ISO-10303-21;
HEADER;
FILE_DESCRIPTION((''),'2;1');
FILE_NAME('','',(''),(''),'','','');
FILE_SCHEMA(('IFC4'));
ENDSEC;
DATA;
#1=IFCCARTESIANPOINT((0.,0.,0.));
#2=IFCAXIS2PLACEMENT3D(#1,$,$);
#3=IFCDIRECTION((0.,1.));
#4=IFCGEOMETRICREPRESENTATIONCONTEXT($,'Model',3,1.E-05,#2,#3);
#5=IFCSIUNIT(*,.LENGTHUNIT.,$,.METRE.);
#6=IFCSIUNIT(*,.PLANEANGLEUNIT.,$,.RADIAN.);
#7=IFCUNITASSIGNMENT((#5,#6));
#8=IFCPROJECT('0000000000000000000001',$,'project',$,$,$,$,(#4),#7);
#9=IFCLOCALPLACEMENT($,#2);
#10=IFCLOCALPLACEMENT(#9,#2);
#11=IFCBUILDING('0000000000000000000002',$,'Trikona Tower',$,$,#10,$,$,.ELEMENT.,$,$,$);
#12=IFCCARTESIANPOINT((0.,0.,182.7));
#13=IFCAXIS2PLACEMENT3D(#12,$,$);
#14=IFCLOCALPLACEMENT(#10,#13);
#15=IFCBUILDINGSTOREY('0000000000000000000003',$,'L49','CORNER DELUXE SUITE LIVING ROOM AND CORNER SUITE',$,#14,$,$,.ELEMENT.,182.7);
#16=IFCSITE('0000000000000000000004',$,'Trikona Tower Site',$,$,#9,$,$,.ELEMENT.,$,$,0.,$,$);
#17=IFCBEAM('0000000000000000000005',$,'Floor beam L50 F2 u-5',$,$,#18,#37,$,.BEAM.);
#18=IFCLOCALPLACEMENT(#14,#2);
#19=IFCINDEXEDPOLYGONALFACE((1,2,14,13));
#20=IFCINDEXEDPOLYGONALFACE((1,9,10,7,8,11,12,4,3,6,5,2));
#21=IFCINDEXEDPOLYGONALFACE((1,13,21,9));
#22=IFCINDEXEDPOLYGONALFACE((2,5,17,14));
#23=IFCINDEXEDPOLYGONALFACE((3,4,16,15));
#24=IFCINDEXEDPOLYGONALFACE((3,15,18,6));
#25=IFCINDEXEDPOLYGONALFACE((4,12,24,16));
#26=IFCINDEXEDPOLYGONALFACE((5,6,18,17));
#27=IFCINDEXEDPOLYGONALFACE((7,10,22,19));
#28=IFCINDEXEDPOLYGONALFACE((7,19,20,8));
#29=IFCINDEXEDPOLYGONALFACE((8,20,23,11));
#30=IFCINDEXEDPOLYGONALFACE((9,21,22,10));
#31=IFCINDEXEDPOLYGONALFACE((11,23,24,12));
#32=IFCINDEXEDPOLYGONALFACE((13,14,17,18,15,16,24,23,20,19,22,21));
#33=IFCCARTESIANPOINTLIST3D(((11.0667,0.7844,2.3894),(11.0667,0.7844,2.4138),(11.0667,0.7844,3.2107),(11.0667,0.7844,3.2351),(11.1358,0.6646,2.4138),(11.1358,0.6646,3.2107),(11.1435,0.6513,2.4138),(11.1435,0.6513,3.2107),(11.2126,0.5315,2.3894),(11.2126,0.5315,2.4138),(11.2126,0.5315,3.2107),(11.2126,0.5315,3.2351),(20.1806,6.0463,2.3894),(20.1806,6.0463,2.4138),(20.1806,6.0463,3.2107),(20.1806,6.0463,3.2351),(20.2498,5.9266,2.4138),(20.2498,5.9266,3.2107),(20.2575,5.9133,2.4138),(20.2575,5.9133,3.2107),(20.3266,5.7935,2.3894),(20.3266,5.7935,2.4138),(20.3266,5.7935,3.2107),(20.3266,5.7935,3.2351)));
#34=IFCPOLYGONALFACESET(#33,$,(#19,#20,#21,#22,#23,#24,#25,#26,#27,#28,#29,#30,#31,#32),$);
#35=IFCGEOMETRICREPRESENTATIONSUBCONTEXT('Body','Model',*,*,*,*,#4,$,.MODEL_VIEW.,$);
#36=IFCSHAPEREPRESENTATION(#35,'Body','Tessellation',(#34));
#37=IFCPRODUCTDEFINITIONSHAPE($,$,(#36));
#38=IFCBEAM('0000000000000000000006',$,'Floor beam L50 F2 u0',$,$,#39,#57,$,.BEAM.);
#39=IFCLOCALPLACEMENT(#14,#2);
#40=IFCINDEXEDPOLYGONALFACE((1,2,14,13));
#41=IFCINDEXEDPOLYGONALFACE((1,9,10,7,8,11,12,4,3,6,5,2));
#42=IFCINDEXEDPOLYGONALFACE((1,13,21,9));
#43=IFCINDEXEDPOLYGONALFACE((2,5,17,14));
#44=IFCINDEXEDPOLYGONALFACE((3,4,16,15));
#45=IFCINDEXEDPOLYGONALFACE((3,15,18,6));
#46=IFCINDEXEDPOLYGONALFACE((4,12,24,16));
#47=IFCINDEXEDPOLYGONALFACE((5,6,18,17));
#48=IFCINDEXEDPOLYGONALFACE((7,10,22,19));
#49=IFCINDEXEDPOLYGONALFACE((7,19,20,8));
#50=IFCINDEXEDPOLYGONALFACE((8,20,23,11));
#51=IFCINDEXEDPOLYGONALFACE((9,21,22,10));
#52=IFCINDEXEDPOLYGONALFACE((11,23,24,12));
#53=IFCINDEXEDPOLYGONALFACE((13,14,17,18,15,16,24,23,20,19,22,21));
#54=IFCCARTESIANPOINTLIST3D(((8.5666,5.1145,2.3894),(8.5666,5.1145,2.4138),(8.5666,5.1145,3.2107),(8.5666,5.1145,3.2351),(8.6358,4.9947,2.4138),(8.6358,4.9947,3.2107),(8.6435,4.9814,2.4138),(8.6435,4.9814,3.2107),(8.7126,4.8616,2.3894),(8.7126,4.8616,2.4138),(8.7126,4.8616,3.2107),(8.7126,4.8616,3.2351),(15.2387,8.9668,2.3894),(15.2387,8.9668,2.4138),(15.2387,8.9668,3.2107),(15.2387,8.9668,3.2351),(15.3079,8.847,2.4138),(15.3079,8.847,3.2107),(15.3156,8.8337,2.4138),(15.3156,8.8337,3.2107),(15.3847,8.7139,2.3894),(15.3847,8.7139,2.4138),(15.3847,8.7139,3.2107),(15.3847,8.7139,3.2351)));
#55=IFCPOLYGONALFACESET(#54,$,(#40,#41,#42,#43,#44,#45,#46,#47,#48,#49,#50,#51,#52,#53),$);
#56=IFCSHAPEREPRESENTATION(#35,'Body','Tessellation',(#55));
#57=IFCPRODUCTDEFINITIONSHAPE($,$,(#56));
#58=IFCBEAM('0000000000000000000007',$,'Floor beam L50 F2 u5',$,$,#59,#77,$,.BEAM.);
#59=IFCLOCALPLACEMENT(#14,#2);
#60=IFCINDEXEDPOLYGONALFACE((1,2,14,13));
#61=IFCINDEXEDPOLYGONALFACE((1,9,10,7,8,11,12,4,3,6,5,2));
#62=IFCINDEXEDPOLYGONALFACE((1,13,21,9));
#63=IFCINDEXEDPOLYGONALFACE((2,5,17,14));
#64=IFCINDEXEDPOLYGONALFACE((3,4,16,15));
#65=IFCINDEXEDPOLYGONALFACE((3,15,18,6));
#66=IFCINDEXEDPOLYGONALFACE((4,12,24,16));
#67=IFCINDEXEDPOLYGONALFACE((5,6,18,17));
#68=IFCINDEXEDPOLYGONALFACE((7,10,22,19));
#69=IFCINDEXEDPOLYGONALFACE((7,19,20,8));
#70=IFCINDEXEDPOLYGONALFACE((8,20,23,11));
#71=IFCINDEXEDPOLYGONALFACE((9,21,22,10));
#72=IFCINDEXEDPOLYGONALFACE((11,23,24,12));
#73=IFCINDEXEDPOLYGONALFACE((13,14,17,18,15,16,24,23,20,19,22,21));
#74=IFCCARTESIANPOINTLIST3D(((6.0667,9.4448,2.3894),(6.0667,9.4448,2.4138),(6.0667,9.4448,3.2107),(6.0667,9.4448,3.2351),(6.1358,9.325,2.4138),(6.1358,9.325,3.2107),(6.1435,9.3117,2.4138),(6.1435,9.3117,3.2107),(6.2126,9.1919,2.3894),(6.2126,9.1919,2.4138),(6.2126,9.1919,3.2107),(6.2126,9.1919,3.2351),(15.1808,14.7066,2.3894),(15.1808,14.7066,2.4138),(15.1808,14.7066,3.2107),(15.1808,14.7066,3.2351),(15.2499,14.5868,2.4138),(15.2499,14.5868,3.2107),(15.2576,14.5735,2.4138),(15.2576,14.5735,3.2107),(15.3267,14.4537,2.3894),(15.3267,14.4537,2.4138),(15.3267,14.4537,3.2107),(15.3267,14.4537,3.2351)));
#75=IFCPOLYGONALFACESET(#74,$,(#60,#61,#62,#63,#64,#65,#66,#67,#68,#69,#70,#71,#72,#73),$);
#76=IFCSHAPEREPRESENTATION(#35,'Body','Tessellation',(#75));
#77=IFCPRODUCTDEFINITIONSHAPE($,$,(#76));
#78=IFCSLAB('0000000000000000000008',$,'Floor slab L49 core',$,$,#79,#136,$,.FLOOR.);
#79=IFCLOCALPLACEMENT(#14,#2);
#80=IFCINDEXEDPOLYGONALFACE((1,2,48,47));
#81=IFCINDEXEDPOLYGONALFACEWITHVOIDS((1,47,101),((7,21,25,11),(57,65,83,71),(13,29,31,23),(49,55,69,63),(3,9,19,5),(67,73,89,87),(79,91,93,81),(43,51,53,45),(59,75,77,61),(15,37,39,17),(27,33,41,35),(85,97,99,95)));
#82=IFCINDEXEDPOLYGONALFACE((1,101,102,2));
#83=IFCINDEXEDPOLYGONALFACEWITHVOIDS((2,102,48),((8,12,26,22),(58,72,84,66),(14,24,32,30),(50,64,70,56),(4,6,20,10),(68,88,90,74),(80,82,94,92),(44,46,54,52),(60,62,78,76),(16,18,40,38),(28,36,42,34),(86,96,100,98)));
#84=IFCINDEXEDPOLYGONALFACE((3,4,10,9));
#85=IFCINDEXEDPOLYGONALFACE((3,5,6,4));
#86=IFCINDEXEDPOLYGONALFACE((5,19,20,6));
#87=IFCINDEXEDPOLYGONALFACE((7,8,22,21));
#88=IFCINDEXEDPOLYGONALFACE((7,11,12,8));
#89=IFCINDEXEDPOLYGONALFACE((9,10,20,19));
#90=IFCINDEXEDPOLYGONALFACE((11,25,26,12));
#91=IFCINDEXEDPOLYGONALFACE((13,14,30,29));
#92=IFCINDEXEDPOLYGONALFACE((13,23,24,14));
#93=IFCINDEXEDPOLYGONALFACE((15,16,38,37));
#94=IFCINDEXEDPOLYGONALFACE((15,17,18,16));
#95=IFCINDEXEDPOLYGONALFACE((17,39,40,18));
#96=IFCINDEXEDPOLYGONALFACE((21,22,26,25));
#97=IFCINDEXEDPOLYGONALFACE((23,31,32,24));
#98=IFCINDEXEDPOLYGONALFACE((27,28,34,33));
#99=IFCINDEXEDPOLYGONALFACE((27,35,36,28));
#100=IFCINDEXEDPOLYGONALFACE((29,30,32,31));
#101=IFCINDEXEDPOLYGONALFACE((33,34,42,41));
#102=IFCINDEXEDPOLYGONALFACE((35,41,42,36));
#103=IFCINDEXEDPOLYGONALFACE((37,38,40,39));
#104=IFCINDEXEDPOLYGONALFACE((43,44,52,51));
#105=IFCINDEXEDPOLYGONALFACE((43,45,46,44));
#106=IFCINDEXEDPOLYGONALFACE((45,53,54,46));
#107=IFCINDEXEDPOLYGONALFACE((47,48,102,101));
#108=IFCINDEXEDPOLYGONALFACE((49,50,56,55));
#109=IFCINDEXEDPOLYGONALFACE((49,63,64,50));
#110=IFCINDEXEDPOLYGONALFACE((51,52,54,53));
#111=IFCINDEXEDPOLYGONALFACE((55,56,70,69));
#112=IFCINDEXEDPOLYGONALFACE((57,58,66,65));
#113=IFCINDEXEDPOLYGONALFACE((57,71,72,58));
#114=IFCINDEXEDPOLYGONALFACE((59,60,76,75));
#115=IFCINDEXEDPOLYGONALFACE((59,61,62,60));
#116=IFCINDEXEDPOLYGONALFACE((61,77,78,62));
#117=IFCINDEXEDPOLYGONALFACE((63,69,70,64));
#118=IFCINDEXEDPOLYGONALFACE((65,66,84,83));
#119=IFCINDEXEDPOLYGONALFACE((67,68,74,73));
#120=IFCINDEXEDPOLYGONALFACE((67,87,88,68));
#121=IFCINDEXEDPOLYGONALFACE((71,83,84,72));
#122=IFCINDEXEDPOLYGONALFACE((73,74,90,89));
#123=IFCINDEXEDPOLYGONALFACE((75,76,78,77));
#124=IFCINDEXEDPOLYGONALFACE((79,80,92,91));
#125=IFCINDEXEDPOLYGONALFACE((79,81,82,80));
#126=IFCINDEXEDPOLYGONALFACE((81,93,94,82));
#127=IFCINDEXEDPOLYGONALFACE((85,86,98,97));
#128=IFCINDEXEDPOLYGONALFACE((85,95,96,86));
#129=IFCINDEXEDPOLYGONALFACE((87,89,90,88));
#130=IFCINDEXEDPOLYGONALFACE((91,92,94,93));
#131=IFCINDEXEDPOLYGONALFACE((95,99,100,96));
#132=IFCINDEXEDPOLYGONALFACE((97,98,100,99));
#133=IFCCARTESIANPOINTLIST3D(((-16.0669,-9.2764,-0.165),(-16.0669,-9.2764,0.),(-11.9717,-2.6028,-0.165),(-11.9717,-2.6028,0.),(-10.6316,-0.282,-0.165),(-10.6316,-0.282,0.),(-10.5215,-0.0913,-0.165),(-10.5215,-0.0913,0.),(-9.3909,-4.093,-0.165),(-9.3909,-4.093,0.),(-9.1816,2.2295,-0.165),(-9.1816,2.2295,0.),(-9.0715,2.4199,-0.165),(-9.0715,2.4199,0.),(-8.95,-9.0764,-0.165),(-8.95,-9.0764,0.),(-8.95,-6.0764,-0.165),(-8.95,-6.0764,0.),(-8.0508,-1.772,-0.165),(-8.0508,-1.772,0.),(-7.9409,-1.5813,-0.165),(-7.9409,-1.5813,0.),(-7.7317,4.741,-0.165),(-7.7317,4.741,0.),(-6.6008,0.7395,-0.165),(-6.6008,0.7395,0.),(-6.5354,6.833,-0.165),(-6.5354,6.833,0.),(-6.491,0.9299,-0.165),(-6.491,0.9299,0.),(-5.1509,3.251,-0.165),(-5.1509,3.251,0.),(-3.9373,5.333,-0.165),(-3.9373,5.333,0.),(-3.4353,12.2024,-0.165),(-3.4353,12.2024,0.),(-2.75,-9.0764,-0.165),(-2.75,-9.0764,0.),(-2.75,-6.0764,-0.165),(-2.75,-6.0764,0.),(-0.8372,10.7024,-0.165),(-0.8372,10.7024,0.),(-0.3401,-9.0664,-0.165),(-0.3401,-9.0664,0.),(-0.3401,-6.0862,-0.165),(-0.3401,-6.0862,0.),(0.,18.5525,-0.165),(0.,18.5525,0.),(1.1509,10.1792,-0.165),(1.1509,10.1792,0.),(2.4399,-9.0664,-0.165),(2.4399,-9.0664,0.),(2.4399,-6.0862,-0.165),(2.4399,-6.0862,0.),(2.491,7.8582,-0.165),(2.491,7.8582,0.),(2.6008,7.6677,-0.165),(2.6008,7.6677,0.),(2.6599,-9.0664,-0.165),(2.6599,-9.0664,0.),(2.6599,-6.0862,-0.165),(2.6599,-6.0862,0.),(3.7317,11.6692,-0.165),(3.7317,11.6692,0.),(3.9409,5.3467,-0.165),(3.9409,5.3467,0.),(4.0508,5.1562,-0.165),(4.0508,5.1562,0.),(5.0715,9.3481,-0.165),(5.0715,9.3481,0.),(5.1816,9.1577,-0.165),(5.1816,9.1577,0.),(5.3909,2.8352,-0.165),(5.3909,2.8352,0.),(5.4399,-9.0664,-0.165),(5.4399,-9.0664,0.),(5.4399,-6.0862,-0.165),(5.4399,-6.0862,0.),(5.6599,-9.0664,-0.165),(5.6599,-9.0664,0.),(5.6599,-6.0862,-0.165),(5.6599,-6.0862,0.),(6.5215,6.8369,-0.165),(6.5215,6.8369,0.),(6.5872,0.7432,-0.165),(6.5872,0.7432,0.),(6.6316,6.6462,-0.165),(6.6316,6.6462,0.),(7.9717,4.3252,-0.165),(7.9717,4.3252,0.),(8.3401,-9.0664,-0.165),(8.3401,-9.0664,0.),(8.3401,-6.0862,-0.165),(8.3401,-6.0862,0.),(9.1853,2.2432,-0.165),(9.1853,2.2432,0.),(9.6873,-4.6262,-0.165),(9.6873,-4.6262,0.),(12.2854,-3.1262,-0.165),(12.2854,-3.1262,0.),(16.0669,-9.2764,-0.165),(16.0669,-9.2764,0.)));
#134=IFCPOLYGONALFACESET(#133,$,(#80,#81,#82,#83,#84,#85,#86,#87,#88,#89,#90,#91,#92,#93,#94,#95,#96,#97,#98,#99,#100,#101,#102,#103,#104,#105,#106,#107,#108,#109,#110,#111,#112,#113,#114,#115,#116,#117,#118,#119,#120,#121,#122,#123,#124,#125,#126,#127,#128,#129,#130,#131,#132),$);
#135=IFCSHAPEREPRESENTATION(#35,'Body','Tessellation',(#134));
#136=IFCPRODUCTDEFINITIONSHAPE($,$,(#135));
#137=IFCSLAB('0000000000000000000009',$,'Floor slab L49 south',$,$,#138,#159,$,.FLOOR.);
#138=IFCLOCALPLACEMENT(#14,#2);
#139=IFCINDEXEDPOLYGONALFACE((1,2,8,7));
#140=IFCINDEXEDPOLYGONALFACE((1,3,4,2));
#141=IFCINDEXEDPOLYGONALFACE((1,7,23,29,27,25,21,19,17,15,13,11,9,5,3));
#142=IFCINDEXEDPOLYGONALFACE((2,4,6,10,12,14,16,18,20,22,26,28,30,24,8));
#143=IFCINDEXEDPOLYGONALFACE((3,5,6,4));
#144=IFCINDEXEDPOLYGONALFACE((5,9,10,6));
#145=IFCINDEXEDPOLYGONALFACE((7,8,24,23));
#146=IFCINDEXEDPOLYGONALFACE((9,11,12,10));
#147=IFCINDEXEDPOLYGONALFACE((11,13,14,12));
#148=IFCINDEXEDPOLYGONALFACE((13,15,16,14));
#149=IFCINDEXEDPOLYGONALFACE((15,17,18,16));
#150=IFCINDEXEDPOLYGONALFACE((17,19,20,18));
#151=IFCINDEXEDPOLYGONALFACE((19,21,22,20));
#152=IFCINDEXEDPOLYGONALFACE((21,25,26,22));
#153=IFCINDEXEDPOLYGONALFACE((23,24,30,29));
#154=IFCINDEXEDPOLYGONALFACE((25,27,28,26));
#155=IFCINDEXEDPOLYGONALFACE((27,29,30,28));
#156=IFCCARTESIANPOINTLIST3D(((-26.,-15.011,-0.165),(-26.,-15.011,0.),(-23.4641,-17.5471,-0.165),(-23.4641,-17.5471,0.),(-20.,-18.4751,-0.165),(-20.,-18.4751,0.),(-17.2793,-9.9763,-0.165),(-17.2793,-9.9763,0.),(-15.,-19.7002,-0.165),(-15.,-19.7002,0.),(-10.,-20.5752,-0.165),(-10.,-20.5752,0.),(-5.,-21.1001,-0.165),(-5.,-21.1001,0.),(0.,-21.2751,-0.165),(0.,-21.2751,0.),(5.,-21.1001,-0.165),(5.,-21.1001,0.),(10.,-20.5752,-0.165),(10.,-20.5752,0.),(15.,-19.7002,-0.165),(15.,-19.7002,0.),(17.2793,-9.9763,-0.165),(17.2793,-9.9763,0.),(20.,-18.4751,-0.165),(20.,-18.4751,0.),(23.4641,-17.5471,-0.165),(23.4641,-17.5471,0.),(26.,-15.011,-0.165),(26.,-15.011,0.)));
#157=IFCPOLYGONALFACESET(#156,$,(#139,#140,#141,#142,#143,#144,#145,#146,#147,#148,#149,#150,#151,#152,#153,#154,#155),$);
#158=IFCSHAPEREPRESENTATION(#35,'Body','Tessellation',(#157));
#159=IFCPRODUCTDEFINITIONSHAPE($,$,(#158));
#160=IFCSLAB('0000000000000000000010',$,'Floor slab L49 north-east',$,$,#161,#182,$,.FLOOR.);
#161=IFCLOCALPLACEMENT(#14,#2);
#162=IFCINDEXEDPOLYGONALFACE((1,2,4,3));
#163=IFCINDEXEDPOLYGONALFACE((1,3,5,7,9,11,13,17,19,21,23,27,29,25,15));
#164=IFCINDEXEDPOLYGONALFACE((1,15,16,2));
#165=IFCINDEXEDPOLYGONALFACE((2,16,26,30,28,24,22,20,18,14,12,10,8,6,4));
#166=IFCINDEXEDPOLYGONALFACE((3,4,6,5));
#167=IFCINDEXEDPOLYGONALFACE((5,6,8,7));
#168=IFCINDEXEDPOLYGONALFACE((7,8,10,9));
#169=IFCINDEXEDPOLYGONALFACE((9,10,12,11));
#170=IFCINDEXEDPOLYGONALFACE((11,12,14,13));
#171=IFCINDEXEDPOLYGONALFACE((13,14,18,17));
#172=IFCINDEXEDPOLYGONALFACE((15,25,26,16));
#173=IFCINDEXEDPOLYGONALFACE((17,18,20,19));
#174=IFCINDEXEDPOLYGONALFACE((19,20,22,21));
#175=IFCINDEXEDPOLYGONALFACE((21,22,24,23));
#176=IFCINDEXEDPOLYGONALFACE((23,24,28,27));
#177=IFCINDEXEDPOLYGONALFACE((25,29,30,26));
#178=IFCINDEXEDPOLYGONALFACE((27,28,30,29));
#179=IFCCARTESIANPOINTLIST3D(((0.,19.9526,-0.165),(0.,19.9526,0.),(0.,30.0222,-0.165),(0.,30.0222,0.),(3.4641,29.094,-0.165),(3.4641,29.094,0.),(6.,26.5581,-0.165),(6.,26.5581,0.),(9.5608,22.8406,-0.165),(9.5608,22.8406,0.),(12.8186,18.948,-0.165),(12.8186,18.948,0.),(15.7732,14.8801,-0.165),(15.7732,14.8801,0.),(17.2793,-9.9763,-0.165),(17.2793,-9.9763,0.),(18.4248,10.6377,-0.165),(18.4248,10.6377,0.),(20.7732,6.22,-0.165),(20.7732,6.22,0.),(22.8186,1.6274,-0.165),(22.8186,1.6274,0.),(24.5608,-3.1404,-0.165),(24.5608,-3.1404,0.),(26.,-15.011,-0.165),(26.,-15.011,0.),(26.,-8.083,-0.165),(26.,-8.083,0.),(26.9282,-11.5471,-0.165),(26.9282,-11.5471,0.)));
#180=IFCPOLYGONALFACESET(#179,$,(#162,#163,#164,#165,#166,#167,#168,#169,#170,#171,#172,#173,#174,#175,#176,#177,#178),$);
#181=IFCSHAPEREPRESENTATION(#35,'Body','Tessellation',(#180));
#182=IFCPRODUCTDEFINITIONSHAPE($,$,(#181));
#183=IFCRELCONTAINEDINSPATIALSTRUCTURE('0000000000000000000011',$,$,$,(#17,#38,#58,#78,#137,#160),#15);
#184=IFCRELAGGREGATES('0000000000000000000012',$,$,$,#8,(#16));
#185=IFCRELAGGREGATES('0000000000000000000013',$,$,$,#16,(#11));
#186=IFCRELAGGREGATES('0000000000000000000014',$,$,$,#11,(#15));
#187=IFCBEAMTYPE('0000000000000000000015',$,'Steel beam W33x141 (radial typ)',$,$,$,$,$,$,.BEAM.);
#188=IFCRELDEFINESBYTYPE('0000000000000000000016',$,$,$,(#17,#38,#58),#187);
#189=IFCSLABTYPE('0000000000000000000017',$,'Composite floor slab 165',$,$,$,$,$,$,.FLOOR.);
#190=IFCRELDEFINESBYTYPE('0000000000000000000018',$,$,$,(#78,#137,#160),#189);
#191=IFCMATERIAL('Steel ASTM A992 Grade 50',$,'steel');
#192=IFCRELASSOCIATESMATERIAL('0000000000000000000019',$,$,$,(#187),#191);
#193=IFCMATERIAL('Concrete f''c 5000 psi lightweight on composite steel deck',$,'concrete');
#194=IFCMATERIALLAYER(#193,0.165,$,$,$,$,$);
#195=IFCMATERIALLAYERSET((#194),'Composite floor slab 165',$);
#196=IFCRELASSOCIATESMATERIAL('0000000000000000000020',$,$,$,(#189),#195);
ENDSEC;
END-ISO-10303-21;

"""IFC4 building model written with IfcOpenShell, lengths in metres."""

from ifc_helpers import new_model, si_unit, direction, frame, origin, origin_2d, place, context, subcontext, project, spatial, polyline, i_section, outline, extrude, material, layer, layer_set, material_profile, profile_set, type_object, element, save


model = new_model("IFC4")

# Units and contexts
model_context = context("Model", 3, precision=1e-05, world=origin(), true_north=direction((0.0, 1.0)))
body_context = subcontext(model_context, "Body", "Model", "MODEL_VIEW")
ifc_project = project(units=[si_unit("LENGTHUNIT", "METRE"), si_unit("PLANEANGLEUNIT", "RADIAN")], contexts=[model_context])

# Site, building, storey
site_placement = place(None, origin())
site = spatial("IfcSite", under=ifc_project, at=site_placement, Name="Trikona Tower Site", CompositionType="ELEMENT", RefElevation=0.0)
building_placement = place(site_placement, origin())
building = spatial("IfcBuilding", under=site, at=building_placement, Name="Trikona Tower", CompositionType="ELEMENT")
storey_placement = place(building_placement, frame((0.0, 0.0, 182.7)))
storey = spatial("IfcBuildingStorey", under=building, at=storey_placement, Name="L49", Description="CORNER DELUXE SUITE LIVING ROOM AND CORNER SUITE", CompositionType="ELEMENT", Elevation=182.7)

# Beams
ifc_material_1 = material(Name="Steel ASTM A992 Grade 50", Category="steel")
ifc_material_profile = material_profile(ifc_material_1, i_section(OverallWidth=0.292, OverallDepth=0.8457, WebThickness=0.0154, FlangeThickness=0.0244, at=origin_2d()), Name="W33X141")
ifc_profile_set = profile_set([ifc_material_profile], Name="Steel ASTM A992 Grade 50")
beam_type = type_object("IfcBeamType", Name="Steel beam W33x141 (radial typ)", PredefinedType="BEAM", material=ifc_profile_set)
beam_1_placement = place(storey_placement, frame((11.1396, 0.658, 2.8123), z_axis=(0.866026, 0.499999, 0.0), x_axis=(-0.499999, 0.866026, 0.0)))
element("IfcBeam", 1, at=beam_1_placement, inside=storey, type_object=beam_type, Name="Floor beam L50 F2 u-5", PredefinedType="BEAM", context=body_context, shape_type="SweptSolid", body=[
    extrude(i_section(OverallWidth=0.292, OverallDepth=0.8457, WebThickness=0.0154, FlangeThickness=0.0244, at=origin_2d()), origin(), (0.0, 0.0, 1.0), 10.5239),
])
beam_2_placement = place(storey_placement, frame((8.6396, 4.988, 2.8123), z_axis=(0.866017, 0.500014, 0.0), x_axis=(-0.500014, 0.866017, 0.0)))
element("IfcBeam", 2, at=beam_2_placement, inside=storey, type_object=beam_type, Name="Floor beam L50 F2 u0", PredefinedType="BEAM", context=body_context, shape_type="SweptSolid", body=[
    extrude(i_section(OverallWidth=0.292, OverallDepth=0.8457, WebThickness=0.0154, FlangeThickness=0.0244, at=origin_2d()), origin(), (0.0, 0.0, 1.0), 7.7043),
])
beam_3_placement = place(storey_placement, frame((6.1396, 9.3184, 2.8123), z_axis=(0.866036, 0.499982, 0.0), x_axis=(-0.499982, 0.866036, 0.0)))
element("IfcBeam", 3, at=beam_3_placement, inside=storey, type_object=beam_type, Name="Floor beam L50 F2 u5", PredefinedType="BEAM", context=body_context, shape_type="SweptSolid", body=[
    extrude(i_section(OverallWidth=0.292, OverallDepth=0.8457, WebThickness=0.0154, FlangeThickness=0.0244, at=origin_2d()), origin(), (0.0, 0.0, 1.0), 10.5239),
])

# Slabs
ifc_material_2 = material(Name="Concrete f'c 5000 psi lightweight on composite steel deck", Category="concrete")
ifc_layer_1 = layer(ifc_material_2, 0.165)
ifc_layer_set_1 = layer_set([ifc_layer_1], Name="Composite floor slab 165")
slab_type_1 = type_object("IfcSlabType", Name="Composite floor slab 165", PredefinedType="FLOOR", material=ifc_layer_set_1)
slab_1_placement = place(storey_placement, frame((0.0, 0.0, -0.165)))
element("IfcSlab", 4, at=slab_1_placement, inside=storey, type_object=slab_type_1, Name="Floor slab L49 core", PredefinedType="FLOOR", context=body_context, shape_type="SweptSolid", body=[
    extrude(outline(polyline([(-16.0669, -9.2764), (16.0669, -9.2764), (0.0, 18.5525), (-16.0669, -9.2764)]), holes=[polyline([(12.2854, -3.1262), (9.1853, 2.2432), (6.5872, 0.7432), (9.6873, -4.6262), (12.2854, -3.1262)]), polyline([(8.3401, -9.0664), (8.3401, -6.0862), (5.6599, -6.0862), (5.6599, -9.0664), (8.3401, -9.0664)]), polyline([(5.3909, 2.8352), (7.9717, 4.3252), (6.6316, 6.6462), (4.0508, 5.1562), (5.3909, 2.8352)]), polyline([(2.6008, 7.6677), (3.9409, 5.3467), (6.5215, 6.8369), (5.1816, 9.1577), (2.6008, 7.6677)]), polyline([(5.4399, -6.0862), (2.6599, -6.0862), (2.6599, -9.0664), (5.4399, -9.0664), (5.4399, -6.0862)]), polyline([(3.7317, 11.6692), (1.1509, 10.1792), (2.491, 7.8582), (5.0715, 9.3481), (3.7317, 11.6692)]), polyline([(-0.3401, -6.0862), (-0.3401, -9.0664), (2.4399, -9.0664), (2.4399, -6.0862), (-0.3401, -6.0862)]), polyline([(-3.4353, 12.2024), (-6.5354, 6.833), (-3.9373, 5.333), (-0.8372, 10.7024), (-3.4353, 12.2024)]), polyline([(-8.95, -9.0764), (-2.75, -9.0764), (-2.75, -6.0764), (-8.95, -6.0764), (-8.95, -9.0764)]), polyline([(-5.1509, 3.251), (-7.7317, 4.741), (-9.0715, 2.4199), (-6.491, 0.9299), (-5.1509, 3.251)]), polyline([(-7.9409, -1.5813), (-6.6008, 0.7395), (-9.1816, 2.2295), (-10.5215, -0.0913), (-7.9409, -1.5813)]), polyline([(-11.9717, -2.6028), (-9.3909, -4.093), (-8.0508, -1.772), (-10.6316, -0.282), (-11.9717, -2.6028)])]), origin(), (0.0, 0.0, 1.0), 0.165),
])
slab_2_placement = place(storey_placement, frame((0.0, 0.0, -0.165)))
element("IfcSlab", 5, at=slab_2_placement, inside=storey, type_object=slab_type_1, Name="Floor slab L49 south", PredefinedType="FLOOR", context=body_context, shape_type="SweptSolid", body=[
    extrude(outline(polyline([(23.4641, -17.5471), (26.0, -15.011), (17.2793, -9.9763), (-17.2793, -9.9763), (-26.0, -15.011), (-23.4641, -17.5471), (-20.0, -18.4751), (-15.0, -19.7002), (-10.0, -20.5752), (-5.0, -21.1001), (0.0, -21.2751), (5.0, -21.1001), (10.0, -20.5752), (15.0, -19.7002), (20.0, -18.4751), (23.4641, -17.5471)])), origin(), (0.0, 0.0, 1.0), 0.165),
])
slab_3_placement = place(storey_placement, frame((0.0, 0.0, -0.165)))
element("IfcSlab", 6, at=slab_3_placement, inside=storey, type_object=slab_type_1, Name="Floor slab L49 north-east", PredefinedType="FLOOR", context=body_context, shape_type="SweptSolid", body=[
    extrude(outline(polyline([(3.4641, 29.094), (0.0, 30.0222), (0.0, 19.9526), (17.2793, -9.9763), (26.0, -15.011), (26.9282, -11.5471), (26.0, -8.083), (24.5608, -3.1404), (22.8186, 1.6274), (20.7732, 6.22), (18.4248, 10.6377), (15.7732, 14.8801), (12.8186, 18.948), (9.5608, 22.8406), (6.0, 26.5581), (3.4641, 29.094)])), origin(), (0.0, 0.0, 1.0), 0.165),
])

save(model, "model.ifc")
